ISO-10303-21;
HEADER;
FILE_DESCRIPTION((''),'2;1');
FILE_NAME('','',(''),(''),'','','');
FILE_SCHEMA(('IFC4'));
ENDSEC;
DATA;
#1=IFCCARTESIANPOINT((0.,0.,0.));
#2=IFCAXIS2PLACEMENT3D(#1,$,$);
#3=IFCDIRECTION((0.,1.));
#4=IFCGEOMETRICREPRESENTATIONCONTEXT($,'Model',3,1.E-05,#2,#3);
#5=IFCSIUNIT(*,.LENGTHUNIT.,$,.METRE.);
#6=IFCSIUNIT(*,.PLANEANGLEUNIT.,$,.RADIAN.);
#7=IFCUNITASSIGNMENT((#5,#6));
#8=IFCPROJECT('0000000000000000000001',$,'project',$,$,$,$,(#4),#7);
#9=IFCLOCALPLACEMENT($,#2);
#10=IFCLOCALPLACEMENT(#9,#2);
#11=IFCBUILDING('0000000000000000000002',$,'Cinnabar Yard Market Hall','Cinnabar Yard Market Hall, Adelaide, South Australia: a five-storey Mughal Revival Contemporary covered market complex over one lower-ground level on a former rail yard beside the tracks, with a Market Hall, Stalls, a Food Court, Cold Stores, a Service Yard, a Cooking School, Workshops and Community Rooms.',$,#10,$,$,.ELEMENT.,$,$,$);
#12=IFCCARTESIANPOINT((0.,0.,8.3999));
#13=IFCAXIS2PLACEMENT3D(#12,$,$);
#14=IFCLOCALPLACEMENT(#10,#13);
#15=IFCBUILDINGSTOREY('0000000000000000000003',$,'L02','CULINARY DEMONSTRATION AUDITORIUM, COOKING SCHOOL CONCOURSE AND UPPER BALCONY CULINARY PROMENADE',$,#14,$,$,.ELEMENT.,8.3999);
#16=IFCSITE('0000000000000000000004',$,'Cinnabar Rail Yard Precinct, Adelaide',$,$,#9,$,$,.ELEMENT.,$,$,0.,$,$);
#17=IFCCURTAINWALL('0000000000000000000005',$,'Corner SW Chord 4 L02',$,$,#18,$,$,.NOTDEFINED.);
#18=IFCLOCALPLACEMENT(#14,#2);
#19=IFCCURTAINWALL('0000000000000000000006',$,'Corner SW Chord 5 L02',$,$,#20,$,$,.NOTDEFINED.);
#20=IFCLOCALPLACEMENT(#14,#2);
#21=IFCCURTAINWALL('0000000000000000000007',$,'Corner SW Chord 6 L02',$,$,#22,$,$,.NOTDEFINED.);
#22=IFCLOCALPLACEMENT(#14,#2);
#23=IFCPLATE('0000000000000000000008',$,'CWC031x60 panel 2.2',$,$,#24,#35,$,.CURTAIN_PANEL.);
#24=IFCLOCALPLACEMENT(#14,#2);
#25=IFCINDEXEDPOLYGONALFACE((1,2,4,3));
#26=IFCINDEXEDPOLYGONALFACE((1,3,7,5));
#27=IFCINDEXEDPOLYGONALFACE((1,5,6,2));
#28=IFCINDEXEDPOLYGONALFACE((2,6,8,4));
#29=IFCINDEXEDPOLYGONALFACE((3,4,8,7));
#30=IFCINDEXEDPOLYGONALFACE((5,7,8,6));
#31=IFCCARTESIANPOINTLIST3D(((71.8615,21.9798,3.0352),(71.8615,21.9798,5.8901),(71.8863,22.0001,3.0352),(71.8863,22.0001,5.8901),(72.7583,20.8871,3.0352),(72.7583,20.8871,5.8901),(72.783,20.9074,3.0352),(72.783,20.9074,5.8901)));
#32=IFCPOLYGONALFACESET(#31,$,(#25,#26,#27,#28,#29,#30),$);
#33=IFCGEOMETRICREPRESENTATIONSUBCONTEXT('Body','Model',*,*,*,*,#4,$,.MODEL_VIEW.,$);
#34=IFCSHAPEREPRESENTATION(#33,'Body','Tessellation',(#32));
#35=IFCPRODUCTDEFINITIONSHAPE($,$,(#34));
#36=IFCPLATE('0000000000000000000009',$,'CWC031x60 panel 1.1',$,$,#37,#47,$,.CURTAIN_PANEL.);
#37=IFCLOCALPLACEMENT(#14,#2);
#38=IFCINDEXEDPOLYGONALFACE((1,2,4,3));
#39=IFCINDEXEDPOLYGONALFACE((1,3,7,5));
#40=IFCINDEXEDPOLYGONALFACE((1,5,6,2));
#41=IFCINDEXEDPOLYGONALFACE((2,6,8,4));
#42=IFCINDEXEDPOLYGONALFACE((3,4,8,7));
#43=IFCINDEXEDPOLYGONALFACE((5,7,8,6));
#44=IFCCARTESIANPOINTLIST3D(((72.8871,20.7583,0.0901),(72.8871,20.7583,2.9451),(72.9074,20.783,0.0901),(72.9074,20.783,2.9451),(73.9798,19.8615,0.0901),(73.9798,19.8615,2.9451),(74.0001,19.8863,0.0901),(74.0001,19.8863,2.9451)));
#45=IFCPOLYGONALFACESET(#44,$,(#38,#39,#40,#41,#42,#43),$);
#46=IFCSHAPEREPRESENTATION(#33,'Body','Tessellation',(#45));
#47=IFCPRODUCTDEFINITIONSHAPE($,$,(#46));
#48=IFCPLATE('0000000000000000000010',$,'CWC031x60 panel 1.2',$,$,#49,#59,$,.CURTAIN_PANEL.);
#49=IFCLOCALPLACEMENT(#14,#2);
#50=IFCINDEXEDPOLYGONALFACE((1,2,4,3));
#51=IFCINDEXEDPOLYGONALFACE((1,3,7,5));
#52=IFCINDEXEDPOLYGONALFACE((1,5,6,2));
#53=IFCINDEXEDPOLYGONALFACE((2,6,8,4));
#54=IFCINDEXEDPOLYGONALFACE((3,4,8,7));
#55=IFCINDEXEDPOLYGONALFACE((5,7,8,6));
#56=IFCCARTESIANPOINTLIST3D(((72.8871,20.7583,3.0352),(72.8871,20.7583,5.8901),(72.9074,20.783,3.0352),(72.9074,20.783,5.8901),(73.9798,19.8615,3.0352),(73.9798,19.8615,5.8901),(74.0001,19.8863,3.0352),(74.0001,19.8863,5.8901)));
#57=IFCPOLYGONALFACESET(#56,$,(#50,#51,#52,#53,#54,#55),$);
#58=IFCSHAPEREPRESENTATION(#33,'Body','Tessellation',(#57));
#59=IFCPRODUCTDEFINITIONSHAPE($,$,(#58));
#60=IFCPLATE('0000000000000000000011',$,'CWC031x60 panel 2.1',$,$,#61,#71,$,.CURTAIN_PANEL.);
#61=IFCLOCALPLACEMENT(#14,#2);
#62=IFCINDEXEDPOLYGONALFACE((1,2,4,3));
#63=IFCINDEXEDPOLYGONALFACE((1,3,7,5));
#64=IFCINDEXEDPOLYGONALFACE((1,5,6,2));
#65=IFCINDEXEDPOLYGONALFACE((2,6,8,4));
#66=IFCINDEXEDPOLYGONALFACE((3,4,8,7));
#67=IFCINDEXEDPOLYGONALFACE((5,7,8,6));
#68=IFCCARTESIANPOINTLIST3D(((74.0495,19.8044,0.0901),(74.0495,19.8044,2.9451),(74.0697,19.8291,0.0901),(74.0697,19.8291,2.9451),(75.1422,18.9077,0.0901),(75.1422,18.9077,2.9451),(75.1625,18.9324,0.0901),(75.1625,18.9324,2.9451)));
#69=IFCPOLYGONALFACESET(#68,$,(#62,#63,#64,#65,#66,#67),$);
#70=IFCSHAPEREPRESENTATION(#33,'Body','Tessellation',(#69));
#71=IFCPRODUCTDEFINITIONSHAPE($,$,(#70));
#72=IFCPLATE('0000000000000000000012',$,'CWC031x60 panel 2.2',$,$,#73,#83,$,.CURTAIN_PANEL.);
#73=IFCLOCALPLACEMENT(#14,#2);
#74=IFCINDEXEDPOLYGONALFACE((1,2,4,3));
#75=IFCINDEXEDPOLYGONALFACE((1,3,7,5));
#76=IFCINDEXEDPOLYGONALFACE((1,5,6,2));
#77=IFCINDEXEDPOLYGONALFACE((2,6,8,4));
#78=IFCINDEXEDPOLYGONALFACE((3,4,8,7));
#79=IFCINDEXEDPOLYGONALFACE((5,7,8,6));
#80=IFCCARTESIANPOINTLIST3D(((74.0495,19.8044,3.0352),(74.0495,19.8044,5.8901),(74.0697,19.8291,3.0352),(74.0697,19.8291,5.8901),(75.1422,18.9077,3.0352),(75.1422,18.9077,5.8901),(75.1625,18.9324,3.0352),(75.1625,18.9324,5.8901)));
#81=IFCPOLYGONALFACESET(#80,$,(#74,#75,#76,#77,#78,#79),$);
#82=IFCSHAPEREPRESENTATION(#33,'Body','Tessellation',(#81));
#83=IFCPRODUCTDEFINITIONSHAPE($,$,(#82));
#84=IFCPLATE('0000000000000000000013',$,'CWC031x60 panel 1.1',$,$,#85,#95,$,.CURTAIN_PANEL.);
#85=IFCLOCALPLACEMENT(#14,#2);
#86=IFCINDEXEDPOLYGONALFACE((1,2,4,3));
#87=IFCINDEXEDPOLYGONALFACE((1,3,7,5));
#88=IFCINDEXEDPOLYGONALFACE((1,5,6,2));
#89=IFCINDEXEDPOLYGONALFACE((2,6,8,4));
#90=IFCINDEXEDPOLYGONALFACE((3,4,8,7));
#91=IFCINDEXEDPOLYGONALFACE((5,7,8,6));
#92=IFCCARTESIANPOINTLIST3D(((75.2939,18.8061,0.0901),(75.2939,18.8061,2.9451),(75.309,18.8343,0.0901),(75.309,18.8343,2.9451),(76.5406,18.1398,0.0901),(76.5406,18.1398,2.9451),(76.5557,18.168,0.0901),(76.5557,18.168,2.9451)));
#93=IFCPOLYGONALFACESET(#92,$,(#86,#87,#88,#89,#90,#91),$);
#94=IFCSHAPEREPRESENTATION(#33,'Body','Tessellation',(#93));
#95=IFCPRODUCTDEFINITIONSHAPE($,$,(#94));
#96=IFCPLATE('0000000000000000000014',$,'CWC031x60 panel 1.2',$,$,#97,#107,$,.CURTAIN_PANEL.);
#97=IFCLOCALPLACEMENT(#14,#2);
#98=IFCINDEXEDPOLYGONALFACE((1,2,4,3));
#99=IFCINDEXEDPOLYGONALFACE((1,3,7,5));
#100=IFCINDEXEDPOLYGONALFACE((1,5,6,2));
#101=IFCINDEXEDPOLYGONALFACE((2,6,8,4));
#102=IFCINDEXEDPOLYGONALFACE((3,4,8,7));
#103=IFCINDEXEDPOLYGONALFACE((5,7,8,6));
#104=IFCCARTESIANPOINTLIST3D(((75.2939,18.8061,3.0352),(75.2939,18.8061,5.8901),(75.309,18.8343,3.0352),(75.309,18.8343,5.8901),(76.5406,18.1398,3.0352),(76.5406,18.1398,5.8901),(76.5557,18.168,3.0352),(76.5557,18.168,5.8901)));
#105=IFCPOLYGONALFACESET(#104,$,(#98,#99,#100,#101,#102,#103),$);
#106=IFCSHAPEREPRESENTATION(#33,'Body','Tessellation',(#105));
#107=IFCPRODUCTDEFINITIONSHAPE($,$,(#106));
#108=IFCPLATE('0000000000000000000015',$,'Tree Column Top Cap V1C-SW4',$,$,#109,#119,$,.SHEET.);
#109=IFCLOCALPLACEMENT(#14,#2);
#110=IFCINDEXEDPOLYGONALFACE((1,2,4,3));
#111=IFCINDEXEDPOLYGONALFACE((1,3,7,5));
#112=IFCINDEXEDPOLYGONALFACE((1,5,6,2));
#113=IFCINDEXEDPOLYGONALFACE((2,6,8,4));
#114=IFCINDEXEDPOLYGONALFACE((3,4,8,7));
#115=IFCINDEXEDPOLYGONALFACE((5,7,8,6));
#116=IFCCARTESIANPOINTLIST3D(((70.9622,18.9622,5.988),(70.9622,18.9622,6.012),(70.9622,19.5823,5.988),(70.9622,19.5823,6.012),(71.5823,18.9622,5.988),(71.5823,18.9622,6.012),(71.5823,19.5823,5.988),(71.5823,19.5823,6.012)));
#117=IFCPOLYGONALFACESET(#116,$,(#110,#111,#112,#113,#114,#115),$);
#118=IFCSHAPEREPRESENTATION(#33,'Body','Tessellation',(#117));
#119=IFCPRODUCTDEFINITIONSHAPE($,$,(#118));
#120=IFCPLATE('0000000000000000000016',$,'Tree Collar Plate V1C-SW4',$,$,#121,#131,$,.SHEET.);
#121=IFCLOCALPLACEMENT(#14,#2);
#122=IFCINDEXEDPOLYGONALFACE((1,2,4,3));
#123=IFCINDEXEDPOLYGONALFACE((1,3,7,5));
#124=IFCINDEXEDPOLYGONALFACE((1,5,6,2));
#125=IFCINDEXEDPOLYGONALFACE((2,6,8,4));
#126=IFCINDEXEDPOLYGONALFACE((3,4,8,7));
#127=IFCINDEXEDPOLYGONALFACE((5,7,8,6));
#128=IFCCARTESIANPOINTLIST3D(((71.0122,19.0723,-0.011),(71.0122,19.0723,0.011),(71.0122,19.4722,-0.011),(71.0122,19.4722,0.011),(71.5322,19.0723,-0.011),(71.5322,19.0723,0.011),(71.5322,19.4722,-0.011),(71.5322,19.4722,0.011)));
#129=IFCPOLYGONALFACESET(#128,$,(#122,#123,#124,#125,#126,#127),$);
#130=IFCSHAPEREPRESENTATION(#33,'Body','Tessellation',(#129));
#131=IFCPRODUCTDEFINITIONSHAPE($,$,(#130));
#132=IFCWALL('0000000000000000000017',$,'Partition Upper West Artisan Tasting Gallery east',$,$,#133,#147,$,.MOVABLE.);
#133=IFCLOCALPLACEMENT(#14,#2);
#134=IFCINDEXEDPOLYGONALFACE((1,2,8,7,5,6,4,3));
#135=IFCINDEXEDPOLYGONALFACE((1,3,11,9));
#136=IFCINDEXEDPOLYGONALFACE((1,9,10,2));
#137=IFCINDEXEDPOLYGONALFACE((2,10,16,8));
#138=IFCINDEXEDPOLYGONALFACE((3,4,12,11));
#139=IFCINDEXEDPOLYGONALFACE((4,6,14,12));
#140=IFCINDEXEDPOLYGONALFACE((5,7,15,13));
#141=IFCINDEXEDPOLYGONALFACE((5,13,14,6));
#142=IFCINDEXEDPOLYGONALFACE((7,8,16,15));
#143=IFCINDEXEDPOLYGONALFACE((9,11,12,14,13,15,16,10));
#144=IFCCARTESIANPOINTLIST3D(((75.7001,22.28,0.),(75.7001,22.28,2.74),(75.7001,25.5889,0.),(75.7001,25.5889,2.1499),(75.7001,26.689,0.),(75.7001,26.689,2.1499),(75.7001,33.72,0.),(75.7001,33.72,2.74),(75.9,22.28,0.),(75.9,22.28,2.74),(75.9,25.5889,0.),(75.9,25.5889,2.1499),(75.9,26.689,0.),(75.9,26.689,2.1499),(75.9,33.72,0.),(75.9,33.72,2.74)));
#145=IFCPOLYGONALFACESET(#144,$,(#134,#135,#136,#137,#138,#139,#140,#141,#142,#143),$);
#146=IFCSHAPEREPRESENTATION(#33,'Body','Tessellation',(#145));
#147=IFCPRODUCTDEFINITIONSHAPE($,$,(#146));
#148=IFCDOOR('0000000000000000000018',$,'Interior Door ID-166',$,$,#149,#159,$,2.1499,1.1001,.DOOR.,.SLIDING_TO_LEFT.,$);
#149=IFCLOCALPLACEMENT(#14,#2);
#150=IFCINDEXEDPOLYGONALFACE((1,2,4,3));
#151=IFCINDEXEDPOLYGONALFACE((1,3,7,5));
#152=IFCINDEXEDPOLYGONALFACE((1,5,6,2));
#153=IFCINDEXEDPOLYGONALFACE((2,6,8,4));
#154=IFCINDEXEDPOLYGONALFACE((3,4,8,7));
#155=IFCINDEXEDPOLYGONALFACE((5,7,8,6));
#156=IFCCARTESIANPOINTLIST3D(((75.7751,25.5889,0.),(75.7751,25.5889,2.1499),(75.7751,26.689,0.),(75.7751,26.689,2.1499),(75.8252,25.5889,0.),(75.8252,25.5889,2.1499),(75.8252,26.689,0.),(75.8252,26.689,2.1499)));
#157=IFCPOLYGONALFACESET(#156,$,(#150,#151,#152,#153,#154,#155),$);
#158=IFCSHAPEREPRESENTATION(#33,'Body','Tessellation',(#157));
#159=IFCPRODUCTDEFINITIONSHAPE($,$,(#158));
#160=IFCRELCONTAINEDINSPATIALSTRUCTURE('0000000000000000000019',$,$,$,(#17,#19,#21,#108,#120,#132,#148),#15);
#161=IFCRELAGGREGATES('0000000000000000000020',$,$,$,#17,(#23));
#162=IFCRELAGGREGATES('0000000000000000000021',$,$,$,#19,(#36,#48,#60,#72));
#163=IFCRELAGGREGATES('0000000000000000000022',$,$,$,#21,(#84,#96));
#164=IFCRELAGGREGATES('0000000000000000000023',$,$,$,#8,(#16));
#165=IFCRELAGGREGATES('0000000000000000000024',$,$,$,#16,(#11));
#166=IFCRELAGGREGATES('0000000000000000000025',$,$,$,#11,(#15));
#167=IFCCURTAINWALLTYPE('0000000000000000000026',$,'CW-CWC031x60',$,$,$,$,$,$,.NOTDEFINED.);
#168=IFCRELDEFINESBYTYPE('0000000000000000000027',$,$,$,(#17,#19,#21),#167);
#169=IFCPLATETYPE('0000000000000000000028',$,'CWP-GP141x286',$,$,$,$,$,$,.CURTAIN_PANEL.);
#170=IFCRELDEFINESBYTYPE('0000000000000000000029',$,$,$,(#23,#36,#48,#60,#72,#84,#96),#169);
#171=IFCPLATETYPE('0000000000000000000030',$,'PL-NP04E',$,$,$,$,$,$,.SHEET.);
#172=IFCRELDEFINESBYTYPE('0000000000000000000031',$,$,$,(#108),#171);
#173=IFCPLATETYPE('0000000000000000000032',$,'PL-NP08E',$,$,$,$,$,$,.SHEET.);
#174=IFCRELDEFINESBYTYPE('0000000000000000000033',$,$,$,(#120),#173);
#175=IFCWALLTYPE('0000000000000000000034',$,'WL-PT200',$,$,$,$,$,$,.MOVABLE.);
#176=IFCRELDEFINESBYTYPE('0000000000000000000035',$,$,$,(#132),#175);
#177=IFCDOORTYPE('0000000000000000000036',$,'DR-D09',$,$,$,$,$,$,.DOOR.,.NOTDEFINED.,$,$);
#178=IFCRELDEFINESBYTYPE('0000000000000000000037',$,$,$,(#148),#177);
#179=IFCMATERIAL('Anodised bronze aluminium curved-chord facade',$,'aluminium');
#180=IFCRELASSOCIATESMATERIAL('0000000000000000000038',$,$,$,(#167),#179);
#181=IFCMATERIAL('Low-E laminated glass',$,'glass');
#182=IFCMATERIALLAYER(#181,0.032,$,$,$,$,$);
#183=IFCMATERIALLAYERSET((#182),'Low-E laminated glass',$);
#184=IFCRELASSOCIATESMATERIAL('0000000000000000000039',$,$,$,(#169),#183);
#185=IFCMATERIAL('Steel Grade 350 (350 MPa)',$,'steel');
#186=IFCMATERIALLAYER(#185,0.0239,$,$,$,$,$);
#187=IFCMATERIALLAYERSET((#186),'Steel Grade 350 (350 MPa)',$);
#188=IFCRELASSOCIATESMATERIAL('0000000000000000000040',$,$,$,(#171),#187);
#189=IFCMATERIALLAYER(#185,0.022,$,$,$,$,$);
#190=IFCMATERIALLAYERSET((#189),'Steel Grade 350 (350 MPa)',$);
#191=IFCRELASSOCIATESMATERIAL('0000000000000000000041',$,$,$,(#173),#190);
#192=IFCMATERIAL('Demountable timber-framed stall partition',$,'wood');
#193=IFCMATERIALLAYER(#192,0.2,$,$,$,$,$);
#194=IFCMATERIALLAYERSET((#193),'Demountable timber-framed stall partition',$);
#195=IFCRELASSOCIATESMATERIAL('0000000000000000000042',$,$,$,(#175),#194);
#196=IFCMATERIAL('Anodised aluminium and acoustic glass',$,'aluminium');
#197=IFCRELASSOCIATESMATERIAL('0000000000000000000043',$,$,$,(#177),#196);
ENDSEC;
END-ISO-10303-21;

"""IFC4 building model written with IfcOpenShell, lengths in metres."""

from ifc_helpers import new_model, si_unit, direction, frame, frame_2d, origin, origin_2d_with_axis, place, context, subcontext, project, spatial, rectangle, extrude, material, layer, layer_set, type_object, element, fill, aggregate, save


model = new_model("IFC4")

# Units and contexts
model_context = context("Model", 3, precision=1e-05, world=origin(), true_north=direction((0.0, 1.0)))
body_context = subcontext(model_context, "Body", "Model", "MODEL_VIEW")
ifc_project = project(units=[si_unit("LENGTHUNIT", "METRE"), si_unit("PLANEANGLEUNIT", "RADIAN")], contexts=[model_context])

# Site, building, storey
site_placement = place(None, origin())
site = spatial("IfcSite", under=ifc_project, at=site_placement, Name="Cinnabar Rail Yard Precinct, Adelaide", CompositionType="ELEMENT", RefElevation=0.0)
building_placement = place(site_placement, origin())
building = spatial("IfcBuilding", under=site, at=building_placement, Name="Cinnabar Yard Market Hall", Description="Cinnabar Yard Market Hall, Adelaide, South Australia: a five-storey Mughal Revival Contemporary covered market complex over one lower-ground level on a former rail yard beside the tracks, with a Market Hall, Stalls, a Food Court, Cold Stores, a Service Yard, a Cooking School, Workshops and Community Rooms.", CompositionType="ELEMENT")
storey_placement = place(building_placement, frame((0.0, 0.0, 8.3999)))
storey = spatial("IfcBuildingStorey", under=building, at=storey_placement, Name="L02", Description="CULINARY DEMONSTRATION AUDITORIUM, COOKING SCHOOL CONCOURSE AND UPPER BALCONY CULINARY PROMENADE", CompositionType="ELEMENT", Elevation=8.3999)

# Curtain walls
ifc_material_1 = material(Name="Anodised bronze aluminium curved-chord facade", Category="aluminium")
curtain_wall_type = type_object("IfcCurtainWallType", Name="CW-CWC031x60", PredefinedType="NOTDEFINED", material=ifc_material_1)
curtain_wall_1_placement = place(storey_placement, origin())
curtain_wall_1 = element("IfcCurtainWall", 1, at=curtain_wall_1_placement, inside=storey, type_object=curtain_wall_type, Name="Corner SW Chord 4 L02", PredefinedType="NOTDEFINED")
curtain_wall_2_placement = place(storey_placement, origin())
curtain_wall_2 = element("IfcCurtainWall", 2, at=curtain_wall_2_placement, inside=storey, type_object=curtain_wall_type, Name="Corner SW Chord 5 L02", PredefinedType="NOTDEFINED")
curtain_wall_3_placement = place(storey_placement, origin())
curtain_wall_3 = element("IfcCurtainWall", 3, at=curtain_wall_3_placement, inside=storey, type_object=curtain_wall_type, Name="Corner SW Chord 6 L02", PredefinedType="NOTDEFINED")

# Plates
ifc_material_2 = material(Name="Low-E laminated glass", Category="glass")
ifc_layer_1 = layer(ifc_material_2, 0.032)
ifc_layer_set_1 = layer_set([ifc_layer_1], Name="Low-E laminated glass")
plate_type_1 = type_object("IfcPlateType", Name="CWP-GP141x286", PredefinedType="CURTAIN_PANEL", material=ifc_layer_set_1)
plate_1_placement = place(storey_placement, frame((72.3223, 21.4436, 3.0352), z_axis=(0.0, 0.0, 1.0), x_axis=(0.634383, -0.773019, 0.0)))
plate_1 = element("IfcPlate", 4, at=plate_1_placement, type_object=plate_type_1, Name="CWC031x60 panel 2.2", PredefinedType="CURTAIN_PANEL", context=body_context, shape_type="SweptSolid", body=[
    extrude(rectangle(XDim=1.4136, YDim=0.032, at=origin_2d_with_axis()), origin(), (0.0, 0.0, 1.0), 2.855),
])
aggregate(curtain_wall_1, [plate_1])
plate_2_placement = place(storey_placement, frame((73.4436, 20.3223, 0.0901), z_axis=(0.0, 0.0, 1.0), x_axis=(0.773019, -0.634383, 0.0)))
plate_2 = element("IfcPlate", 5, at=plate_2_placement, type_object=plate_type_1, Name="CWC031x60 panel 1.1", PredefinedType="CURTAIN_PANEL", context=body_context, shape_type="SweptSolid", body=[
    extrude(rectangle(XDim=1.4136, YDim=0.032, at=origin_2d_with_axis()), origin(), (0.0, 0.0, 1.0), 2.855),
])
plate_3_placement = place(storey_placement, frame((73.4436, 20.3223, 3.0352), z_axis=(0.0, 0.0, 1.0), x_axis=(0.773019, -0.634383, 0.0)))
plate_3 = element("IfcPlate", 6, at=plate_3_placement, type_object=plate_type_1, Name="CWC031x60 panel 1.2", PredefinedType="CURTAIN_PANEL", context=body_context, shape_type="SweptSolid", body=[
    extrude(rectangle(XDim=1.4136, YDim=0.032, at=origin_2d_with_axis()), origin(), (0.0, 0.0, 1.0), 2.855),
])
plate_4_placement = place(storey_placement, frame((74.606, 19.3684, 0.0901), z_axis=(0.0, 0.0, 1.0), x_axis=(0.773019, -0.634383, 0.0)))
plate_4 = element("IfcPlate", 7, at=plate_4_placement, type_object=plate_type_1, Name="CWC031x60 panel 2.1", PredefinedType="CURTAIN_PANEL", context=body_context, shape_type="SweptSolid", body=[
    extrude(rectangle(XDim=1.4136, YDim=0.032, at=origin_2d_with_axis()), origin(), (0.0, 0.0, 1.0), 2.855),
])
plate_5_placement = place(storey_placement, frame((74.606, 19.3684, 3.0352), z_axis=(0.0, 0.0, 1.0), x_axis=(0.773019, -0.634383, 0.0)))
plate_5 = element("IfcPlate", 8, at=plate_5_placement, type_object=plate_type_1, Name="CWC031x60 panel 2.2", PredefinedType="CURTAIN_PANEL", context=body_context, shape_type="SweptSolid", body=[
    extrude(rectangle(XDim=1.4136, YDim=0.032, at=origin_2d_with_axis()), origin(), (0.0, 0.0, 1.0), 2.855),
])
aggregate(curtain_wall_2, [plate_2, plate_3, plate_4, plate_5])
plate_6_placement = place(storey_placement, frame((75.9248, 18.4871, 0.0901), z_axis=(0.0, 0.0, 1.0), x_axis=(0.881917, -0.471404, 0.0)))
plate_6 = element("IfcPlate", 9, at=plate_6_placement, type_object=plate_type_1, Name="CWC031x60 panel 1.1", PredefinedType="CURTAIN_PANEL", context=body_context, shape_type="SweptSolid", body=[
    extrude(rectangle(XDim=1.4136, YDim=0.032, at=origin_2d_with_axis()), origin(), (0.0, 0.0, 1.0), 2.855),
])
plate_7_placement = place(storey_placement, frame((75.9248, 18.4871, 3.0352), z_axis=(0.0, 0.0, 1.0), x_axis=(0.881917, -0.471404, 0.0)))
plate_7 = element("IfcPlate", 10, at=plate_7_placement, type_object=plate_type_1, Name="CWC031x60 panel 1.2", PredefinedType="CURTAIN_PANEL", context=body_context, shape_type="SweptSolid", body=[
    extrude(rectangle(XDim=1.4136, YDim=0.032, at=origin_2d_with_axis()), origin(), (0.0, 0.0, 1.0), 2.855),
])
aggregate(curtain_wall_3, [plate_6, plate_7])

# Plates
ifc_material_3 = material(Name="Steel Grade 350 (350 MPa)", Category="steel")
ifc_layer_2 = layer(ifc_material_3, 0.0239)
ifc_layer_set_2 = layer_set([ifc_layer_2], Name="Steel Grade 350 (350 MPa)")
plate_type_2 = type_object("IfcPlateType", Name="PL-NP04E", PredefinedType="SHEET", material=ifc_layer_set_2)
plate_8_placement = place(storey_placement, frame((71.2722, 19.2722, 5.988), z_axis=(0.0, 0.0, 1.0), x_axis=(1.0, 0.0, 0.0)))
element("IfcPlate", 11, at=plate_8_placement, inside=storey, type_object=plate_type_2, Name="Tree Column Top Cap V1C-SW4", PredefinedType="SHEET", context=body_context, shape_type="SweptSolid", body=[
    extrude(rectangle(XDim=0.6201, YDim=0.6201, at=origin_2d_with_axis()), origin(), (0.0, 0.0, 1.0), 0.0239),
])
ifc_layer_3 = layer(ifc_material_3, 0.022)
ifc_layer_set_3 = layer_set([ifc_layer_3], Name="Steel Grade 350 (350 MPa)")
plate_type_3 = type_object("IfcPlateType", Name="PL-NP08E", PredefinedType="SHEET", material=ifc_layer_set_3)
plate_9_placement = place(storey_placement, frame((71.2722, 19.2722, -0.011), z_axis=(0.0, 0.0, 1.0), x_axis=(1.0, 0.0, 0.0)))
element("IfcPlate", 12, at=plate_9_placement, inside=storey, type_object=plate_type_3, Name="Tree Collar Plate V1C-SW4", PredefinedType="SHEET", context=body_context, shape_type="SweptSolid", body=[
    extrude(rectangle(XDim=0.52, YDim=0.3999, at=origin_2d_with_axis()), origin(), (0.0, 0.0, 1.0), 0.022),
])

# Wall, opening, door
ifc_material_4 = material(Name="Demountable timber-framed stall partition", Category="wood")
ifc_layer_4 = layer(ifc_material_4, 0.2)
ifc_layer_set_4 = layer_set([ifc_layer_4], Name="Demountable timber-framed stall partition")
wall_type = type_object("IfcWallType", Name="WL-PT200", PredefinedType="MOVABLE", material=ifc_layer_set_4)
wall_placement = place(storey_placement, frame((75.8, 22.28, 0.0), z_axis=(0.0, 0.0, 1.0), x_axis=(0.0, 1.0, 0.0)))
wall = element("IfcWall", 13, at=wall_placement, inside=storey, type_object=wall_type, Name="Partition Upper West Artisan Tasting Gallery east", PredefinedType="MOVABLE", context=body_context, shape_type="SweptSolid", body=[
    extrude(rectangle(XDim=11.4399, YDim=0.2, at=frame_2d((5.72, 0.0), x_axis=(1.0, 0.0))), origin(), (0.0, 0.0, 1.0), 2.74),
])
opening_placement = place(wall_placement, frame((3.3088, 0.0, 0.0)))
opening = element("IfcOpeningElement", 14, at=opening_placement, cuts=wall, PredefinedType="OPENING", context=body_context, shape_type="SweptSolid", body=[
    extrude(rectangle(XDim=1.1001, YDim=2.1499, at=frame_2d((0.55, 1.075), x_axis=(1.0, 0.0))), frame((0.0, 0.1099, 0.0), z_axis=(0.0, -1.0, 0.0), x_axis=(1.0, 0.0, 0.0)), (0.0, 0.0, 1.0), 0.22),
])
ifc_material_5 = material(Name="Anodised aluminium and acoustic glass", Category="aluminium")
door_type = type_object("IfcDoorType", Name="DR-D09", OperationType="NOTDEFINED", PredefinedType="DOOR", material=ifc_material_5)
door_placement = place(opening_placement, origin())
door = element("IfcDoor", 15, at=door_placement, inside=storey, type_object=door_type, Name="Interior Door ID-166", OperationType="SLIDING_TO_LEFT", OverallHeight=2.1499, OverallWidth=1.1001, PredefinedType="DOOR", context=body_context, shape_type="SweptSolid", body=[
    extrude(rectangle(XDim=1.1001, YDim=2.1499, at=frame_2d((0.55, 1.075), x_axis=(1.0, 0.0))), frame((0.0, 0.0249, 0.0), z_axis=(0.0, -1.0, 0.0), x_axis=(1.0, 0.0, 0.0)), (0.0, 0.0, 1.0), 0.05),
])
fill(opening, door)

save(model, "model.ifc")
